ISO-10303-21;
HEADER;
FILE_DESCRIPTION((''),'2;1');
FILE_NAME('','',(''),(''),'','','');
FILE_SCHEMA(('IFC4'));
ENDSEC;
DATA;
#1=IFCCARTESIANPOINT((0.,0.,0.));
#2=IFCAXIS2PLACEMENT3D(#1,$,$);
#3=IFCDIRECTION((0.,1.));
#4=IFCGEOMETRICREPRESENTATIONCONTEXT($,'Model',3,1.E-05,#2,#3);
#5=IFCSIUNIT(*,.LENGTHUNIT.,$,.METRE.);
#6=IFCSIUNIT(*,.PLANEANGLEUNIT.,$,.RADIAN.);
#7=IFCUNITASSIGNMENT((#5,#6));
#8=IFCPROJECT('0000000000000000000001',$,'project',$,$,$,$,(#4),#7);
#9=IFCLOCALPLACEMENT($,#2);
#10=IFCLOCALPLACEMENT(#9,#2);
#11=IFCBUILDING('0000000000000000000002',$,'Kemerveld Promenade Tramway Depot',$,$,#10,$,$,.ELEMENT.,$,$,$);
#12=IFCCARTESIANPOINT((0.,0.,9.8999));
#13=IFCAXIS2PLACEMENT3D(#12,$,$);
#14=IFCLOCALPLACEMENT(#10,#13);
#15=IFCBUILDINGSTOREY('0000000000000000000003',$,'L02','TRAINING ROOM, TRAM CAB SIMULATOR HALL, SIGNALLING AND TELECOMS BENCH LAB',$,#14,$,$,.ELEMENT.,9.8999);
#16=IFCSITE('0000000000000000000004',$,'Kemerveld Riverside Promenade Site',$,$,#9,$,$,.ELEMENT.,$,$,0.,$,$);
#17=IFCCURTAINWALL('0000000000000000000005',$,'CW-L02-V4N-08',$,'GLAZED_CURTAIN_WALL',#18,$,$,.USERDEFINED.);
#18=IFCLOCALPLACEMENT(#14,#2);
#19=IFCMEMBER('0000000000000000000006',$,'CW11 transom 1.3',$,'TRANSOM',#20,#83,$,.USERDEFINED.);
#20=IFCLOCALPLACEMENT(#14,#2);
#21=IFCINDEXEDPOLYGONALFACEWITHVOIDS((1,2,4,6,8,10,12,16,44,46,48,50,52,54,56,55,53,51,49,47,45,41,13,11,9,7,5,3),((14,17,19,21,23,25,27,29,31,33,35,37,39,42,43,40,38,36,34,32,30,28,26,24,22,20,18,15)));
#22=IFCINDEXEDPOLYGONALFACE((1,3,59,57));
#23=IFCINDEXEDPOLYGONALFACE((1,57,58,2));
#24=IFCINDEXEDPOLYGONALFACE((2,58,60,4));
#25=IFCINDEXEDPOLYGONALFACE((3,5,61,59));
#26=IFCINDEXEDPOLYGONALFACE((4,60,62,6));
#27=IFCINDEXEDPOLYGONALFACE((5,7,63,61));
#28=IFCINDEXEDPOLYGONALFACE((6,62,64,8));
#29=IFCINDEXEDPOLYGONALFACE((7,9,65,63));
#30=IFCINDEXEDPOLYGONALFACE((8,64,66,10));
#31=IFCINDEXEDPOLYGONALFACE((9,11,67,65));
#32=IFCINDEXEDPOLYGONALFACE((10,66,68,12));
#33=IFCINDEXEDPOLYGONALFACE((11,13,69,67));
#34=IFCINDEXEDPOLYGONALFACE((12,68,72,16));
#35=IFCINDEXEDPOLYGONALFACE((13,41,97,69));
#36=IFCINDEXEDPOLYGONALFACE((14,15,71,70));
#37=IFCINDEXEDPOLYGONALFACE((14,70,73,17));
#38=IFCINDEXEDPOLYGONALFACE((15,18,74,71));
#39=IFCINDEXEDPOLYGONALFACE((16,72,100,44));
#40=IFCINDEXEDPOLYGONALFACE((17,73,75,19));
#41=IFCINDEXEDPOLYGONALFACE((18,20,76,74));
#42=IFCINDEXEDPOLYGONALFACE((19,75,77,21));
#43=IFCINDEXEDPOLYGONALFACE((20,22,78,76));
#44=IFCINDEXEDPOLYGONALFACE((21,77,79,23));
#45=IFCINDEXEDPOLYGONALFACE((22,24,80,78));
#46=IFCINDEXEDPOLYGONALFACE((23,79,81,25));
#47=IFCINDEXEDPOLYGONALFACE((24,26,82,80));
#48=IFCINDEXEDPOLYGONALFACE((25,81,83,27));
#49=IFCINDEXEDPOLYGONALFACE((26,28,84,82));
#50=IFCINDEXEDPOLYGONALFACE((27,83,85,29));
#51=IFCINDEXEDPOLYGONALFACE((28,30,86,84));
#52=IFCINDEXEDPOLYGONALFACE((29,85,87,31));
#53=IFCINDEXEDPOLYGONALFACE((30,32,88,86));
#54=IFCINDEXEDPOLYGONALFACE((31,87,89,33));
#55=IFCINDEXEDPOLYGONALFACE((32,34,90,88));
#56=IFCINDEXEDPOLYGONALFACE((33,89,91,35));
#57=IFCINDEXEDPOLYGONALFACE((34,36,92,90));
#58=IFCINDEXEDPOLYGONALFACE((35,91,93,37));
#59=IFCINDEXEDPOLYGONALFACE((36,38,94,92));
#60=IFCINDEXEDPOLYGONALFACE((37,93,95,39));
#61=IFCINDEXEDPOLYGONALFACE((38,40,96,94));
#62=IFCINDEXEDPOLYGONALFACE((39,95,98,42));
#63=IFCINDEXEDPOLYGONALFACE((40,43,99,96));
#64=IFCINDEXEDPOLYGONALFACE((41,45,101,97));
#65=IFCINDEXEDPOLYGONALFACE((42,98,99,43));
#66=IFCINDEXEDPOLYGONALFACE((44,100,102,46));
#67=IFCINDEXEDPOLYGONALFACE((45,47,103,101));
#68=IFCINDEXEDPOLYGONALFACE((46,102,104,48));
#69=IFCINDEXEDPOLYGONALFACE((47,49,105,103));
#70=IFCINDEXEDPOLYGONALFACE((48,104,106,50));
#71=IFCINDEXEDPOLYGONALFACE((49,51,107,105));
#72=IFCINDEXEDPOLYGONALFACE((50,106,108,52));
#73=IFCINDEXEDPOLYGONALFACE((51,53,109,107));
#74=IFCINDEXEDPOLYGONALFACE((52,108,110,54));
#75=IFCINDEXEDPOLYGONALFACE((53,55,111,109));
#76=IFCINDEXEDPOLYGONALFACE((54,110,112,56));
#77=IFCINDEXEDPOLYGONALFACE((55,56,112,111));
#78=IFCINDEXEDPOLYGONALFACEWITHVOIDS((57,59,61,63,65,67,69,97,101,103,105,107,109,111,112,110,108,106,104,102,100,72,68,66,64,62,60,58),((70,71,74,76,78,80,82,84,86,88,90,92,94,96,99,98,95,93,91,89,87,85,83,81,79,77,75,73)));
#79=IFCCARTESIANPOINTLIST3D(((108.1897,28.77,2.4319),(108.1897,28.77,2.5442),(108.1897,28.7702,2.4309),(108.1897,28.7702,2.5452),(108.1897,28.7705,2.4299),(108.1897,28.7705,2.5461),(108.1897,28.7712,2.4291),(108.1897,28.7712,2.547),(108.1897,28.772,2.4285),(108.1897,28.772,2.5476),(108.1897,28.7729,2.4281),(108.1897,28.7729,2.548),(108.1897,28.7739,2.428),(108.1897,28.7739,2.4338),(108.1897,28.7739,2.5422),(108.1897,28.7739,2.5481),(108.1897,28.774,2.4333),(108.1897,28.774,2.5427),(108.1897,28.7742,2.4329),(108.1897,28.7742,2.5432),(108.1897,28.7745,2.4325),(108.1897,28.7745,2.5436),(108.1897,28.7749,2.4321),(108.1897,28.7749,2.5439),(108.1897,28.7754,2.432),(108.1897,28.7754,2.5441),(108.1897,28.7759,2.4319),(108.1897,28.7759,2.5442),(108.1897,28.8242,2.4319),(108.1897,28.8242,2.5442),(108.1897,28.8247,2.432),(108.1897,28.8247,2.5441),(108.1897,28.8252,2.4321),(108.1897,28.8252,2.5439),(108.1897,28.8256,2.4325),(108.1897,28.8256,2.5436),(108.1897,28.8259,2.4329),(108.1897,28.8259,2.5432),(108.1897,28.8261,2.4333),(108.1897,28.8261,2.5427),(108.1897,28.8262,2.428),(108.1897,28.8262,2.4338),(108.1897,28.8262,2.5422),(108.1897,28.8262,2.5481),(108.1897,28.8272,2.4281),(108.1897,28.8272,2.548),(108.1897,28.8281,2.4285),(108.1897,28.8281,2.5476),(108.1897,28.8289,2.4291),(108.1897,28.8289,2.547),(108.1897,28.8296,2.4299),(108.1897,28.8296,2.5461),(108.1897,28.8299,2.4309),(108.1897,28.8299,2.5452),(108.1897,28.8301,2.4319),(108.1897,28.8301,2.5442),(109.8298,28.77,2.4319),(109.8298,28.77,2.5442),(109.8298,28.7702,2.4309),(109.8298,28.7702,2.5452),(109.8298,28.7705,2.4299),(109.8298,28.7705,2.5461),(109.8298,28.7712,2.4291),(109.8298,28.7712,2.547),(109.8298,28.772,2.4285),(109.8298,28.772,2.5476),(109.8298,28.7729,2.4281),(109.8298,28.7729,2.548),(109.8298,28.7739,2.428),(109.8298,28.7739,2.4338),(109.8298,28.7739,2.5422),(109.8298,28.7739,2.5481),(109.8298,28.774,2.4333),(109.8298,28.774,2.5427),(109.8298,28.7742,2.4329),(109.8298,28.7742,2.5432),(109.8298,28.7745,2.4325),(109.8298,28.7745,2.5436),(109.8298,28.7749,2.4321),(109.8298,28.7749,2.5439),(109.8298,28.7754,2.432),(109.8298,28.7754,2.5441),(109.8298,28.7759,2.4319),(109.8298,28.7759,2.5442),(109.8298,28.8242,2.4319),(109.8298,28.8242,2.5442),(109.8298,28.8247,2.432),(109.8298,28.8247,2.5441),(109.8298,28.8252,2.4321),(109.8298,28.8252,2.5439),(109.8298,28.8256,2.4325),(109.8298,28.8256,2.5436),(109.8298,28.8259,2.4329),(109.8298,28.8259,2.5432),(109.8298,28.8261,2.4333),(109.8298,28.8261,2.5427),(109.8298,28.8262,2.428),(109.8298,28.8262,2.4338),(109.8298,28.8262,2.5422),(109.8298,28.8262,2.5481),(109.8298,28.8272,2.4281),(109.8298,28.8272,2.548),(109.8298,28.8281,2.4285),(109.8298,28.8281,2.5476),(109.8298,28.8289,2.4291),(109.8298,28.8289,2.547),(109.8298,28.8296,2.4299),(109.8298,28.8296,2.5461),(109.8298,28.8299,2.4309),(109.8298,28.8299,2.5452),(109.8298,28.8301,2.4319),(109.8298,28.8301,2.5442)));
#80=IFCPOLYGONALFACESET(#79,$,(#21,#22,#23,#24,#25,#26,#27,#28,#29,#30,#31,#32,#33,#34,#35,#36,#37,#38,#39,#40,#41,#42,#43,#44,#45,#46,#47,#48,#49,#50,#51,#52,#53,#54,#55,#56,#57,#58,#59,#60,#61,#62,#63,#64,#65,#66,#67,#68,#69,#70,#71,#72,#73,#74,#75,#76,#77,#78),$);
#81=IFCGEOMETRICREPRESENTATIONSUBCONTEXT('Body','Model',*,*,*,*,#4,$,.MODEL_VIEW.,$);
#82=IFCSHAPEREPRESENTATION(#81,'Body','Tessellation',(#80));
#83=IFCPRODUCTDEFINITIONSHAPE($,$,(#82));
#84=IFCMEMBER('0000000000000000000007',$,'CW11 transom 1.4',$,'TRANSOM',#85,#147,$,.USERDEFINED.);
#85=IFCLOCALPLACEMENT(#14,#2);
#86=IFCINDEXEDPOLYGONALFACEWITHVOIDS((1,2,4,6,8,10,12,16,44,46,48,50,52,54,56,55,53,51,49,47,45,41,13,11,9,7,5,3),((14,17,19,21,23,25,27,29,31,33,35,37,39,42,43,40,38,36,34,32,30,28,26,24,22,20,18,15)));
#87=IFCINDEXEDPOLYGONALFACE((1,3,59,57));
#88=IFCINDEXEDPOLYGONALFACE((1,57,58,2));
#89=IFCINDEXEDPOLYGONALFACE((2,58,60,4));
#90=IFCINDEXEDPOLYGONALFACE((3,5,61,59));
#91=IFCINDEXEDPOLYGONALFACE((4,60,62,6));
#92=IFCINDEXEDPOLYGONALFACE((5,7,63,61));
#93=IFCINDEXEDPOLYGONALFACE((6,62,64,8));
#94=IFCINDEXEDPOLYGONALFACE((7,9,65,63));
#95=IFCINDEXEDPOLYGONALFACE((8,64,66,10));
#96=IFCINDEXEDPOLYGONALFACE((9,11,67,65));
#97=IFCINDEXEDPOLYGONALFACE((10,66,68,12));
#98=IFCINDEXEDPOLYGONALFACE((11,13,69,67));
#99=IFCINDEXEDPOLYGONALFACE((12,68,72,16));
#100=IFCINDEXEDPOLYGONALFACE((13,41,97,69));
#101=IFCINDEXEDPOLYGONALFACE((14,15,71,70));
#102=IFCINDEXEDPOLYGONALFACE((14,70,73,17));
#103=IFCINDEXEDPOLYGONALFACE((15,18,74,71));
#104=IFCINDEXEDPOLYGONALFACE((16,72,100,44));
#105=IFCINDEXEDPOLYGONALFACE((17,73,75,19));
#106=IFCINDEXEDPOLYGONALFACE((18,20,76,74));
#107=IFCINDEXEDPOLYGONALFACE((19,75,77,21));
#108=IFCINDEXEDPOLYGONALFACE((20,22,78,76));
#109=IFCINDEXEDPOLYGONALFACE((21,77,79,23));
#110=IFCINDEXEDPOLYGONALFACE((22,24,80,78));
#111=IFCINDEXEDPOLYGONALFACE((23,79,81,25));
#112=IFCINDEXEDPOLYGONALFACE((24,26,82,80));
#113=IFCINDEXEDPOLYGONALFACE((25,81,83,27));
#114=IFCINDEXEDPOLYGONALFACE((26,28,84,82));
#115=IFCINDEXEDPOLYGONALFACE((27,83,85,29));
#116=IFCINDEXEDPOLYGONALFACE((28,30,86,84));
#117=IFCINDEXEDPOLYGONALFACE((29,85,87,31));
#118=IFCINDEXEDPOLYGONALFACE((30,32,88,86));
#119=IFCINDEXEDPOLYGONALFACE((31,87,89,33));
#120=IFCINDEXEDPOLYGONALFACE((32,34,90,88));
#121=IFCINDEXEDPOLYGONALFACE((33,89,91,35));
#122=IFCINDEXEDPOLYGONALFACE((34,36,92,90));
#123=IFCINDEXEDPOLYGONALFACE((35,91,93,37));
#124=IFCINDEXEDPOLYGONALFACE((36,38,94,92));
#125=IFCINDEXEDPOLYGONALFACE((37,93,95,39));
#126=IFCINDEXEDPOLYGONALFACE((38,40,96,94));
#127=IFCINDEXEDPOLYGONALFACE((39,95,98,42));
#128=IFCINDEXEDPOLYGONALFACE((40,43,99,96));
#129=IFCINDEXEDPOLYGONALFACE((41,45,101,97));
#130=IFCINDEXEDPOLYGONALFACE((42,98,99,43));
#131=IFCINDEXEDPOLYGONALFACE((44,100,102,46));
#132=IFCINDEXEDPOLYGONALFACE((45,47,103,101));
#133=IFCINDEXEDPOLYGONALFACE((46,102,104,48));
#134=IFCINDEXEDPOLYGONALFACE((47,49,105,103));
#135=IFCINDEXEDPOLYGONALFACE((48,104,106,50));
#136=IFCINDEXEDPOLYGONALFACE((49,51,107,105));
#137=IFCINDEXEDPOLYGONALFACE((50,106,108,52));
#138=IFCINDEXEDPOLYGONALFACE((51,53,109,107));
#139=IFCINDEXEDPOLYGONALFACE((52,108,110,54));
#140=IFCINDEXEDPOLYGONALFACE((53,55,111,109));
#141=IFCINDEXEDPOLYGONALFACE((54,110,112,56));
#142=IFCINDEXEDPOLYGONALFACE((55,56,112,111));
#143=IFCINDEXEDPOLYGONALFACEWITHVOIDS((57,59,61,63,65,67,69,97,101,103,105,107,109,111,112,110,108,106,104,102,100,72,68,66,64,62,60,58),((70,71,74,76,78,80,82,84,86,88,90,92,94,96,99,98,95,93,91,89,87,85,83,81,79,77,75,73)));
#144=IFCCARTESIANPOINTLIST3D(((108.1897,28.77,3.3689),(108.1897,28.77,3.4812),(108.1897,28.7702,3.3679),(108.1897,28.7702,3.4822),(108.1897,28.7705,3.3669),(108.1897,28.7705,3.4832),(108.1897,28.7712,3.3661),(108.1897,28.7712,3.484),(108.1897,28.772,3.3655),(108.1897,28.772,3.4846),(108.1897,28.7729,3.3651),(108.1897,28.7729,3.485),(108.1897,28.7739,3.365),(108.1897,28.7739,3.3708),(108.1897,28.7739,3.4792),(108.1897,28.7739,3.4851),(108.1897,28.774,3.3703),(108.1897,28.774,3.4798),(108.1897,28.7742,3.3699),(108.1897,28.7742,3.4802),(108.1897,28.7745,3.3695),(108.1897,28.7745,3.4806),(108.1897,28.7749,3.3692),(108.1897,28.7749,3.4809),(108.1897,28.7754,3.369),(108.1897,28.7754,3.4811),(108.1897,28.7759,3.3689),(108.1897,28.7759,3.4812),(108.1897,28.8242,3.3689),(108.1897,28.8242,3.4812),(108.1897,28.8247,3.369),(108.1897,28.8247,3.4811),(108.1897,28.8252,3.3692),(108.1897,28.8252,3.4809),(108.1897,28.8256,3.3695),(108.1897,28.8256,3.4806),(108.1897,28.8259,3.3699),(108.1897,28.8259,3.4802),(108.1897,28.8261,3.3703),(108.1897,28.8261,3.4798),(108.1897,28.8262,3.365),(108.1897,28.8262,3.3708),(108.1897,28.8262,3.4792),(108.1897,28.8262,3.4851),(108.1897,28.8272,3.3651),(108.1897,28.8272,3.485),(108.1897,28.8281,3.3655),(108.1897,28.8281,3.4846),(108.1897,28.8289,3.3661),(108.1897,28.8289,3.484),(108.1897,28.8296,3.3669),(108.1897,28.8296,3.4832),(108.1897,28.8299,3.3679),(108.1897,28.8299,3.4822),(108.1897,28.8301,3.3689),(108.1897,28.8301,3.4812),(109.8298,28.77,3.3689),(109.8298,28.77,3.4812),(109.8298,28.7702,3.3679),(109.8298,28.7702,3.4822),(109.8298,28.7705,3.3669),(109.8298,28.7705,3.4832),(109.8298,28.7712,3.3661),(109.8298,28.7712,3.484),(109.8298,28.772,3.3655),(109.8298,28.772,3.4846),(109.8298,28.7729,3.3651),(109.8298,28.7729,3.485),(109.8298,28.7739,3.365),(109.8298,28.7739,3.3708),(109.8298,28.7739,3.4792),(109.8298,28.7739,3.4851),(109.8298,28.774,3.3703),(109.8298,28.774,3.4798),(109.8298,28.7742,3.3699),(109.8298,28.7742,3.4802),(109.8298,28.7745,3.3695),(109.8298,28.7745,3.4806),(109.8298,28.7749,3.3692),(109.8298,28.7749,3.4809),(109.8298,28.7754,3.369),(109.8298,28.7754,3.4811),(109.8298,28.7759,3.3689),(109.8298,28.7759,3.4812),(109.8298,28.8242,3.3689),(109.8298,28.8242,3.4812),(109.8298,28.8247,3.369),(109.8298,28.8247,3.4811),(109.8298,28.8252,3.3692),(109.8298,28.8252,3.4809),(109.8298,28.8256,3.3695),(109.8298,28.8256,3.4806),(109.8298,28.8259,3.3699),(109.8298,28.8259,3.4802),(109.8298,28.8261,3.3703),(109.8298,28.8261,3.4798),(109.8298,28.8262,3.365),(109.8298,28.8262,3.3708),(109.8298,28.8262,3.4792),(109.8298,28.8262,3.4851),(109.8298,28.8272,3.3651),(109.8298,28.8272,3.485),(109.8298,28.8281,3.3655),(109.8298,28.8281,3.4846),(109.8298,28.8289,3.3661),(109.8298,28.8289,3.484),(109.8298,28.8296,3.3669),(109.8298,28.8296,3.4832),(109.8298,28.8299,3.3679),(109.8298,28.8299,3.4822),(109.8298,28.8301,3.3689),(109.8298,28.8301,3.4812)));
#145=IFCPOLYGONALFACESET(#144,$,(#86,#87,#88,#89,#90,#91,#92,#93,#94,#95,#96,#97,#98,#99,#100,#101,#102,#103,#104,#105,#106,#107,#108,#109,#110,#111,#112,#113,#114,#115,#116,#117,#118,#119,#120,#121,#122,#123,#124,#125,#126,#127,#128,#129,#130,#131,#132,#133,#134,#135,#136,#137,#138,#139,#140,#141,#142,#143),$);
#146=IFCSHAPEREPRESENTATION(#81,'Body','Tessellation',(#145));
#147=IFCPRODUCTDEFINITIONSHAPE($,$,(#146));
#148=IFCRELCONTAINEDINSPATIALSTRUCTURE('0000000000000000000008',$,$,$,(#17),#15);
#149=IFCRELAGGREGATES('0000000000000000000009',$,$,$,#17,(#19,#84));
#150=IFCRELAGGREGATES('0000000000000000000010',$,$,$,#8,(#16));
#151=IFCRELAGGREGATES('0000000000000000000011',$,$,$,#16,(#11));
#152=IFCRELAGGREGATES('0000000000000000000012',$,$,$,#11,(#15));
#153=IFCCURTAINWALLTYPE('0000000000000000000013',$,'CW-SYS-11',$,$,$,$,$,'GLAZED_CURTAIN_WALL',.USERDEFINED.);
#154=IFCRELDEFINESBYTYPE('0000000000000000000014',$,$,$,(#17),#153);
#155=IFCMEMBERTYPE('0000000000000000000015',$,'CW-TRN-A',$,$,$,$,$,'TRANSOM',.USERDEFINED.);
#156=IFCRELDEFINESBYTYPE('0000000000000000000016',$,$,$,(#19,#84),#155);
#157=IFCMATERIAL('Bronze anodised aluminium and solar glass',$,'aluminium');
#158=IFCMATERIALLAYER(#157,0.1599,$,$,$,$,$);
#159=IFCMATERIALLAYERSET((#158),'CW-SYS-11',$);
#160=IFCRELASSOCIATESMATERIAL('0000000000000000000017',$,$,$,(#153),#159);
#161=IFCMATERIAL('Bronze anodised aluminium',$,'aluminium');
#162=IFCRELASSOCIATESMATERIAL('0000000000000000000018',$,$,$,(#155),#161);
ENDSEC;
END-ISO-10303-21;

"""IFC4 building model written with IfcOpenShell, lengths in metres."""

from ifc_helpers import new_model, si_unit, direction, frame, origin, origin_2d, place, context, subcontext, project, spatial, hollow_rectangle, extrude, material, layer, layer_set, material_profile, profile_set, type_object, element, aggregate, save


model = new_model("IFC4")

# Units and contexts
model_context = context("Model", 3, precision=1e-05, world=origin(), true_north=direction((0.0, 1.0)))
body_context = subcontext(model_context, "Body", "Model", "MODEL_VIEW")
ifc_project = project(units=[si_unit("LENGTHUNIT", "METRE"), si_unit("PLANEANGLEUNIT", "RADIAN")], contexts=[model_context])

# Site, building, storey
site_placement = place(None, origin())
site = spatial("IfcSite", under=ifc_project, at=site_placement, Name="Kemerveld Riverside Promenade Site", CompositionType="ELEMENT", RefElevation=0.0)
building_placement = place(site_placement, origin())
building = spatial("IfcBuilding", under=site, at=building_placement, Name="Kemerveld Promenade Tramway Depot", CompositionType="ELEMENT")
storey_placement = place(building_placement, frame((0.0, 0.0, 9.8999)))
storey = spatial("IfcBuildingStorey", under=building, at=storey_placement, Name="L02", Description="TRAINING ROOM, TRAM CAB SIMULATOR HALL, SIGNALLING AND TELECOMS BENCH LAB", CompositionType="ELEMENT", Elevation=9.8999)

# Curtain wall, members
ifc_material_1 = material(Name="Bronze anodised aluminium and solar glass", Category="aluminium")
ifc_layer_1 = layer(ifc_material_1, 0.1599)
ifc_layer_set_1 = layer_set([ifc_layer_1], Name="CW-SYS-11")
curtain_wall_type = type_object("IfcCurtainWallType", Name="CW-SYS-11", ElementType="GLAZED_CURTAIN_WALL", PredefinedType="USERDEFINED", material=ifc_layer_set_1)
curtain_wall_placement = place(storey_placement, origin())
curtain_wall = element("IfcCurtainWall", 1, at=curtain_wall_placement, inside=storey, type_object=curtain_wall_type, Name="CW-L02-V4N-08", ObjectType="GLAZED_CURTAIN_WALL", PredefinedType="USERDEFINED")
ifc_material_2 = material(Name="Bronze anodised aluminium", Category="aluminium")
ifc_material_profile_1 = material_profile(ifc_material_2, hollow_rectangle(XDim=0.0601, YDim=0.1201, WallThickness=0.0039, InnerFilletRadius=0.002, OuterFilletRadius=0.0039, at=origin_2d()), Name="CW-TRN-120x60")
ifc_profile_set_1 = profile_set([ifc_material_profile_1], Name="Bronze anodised aluminium")
member_type_1 = type_object("IfcMemberType", Name="CW-TRN-A", ElementType="TRANSOM", PredefinedType="USERDEFINED", material=ifc_profile_set_1)
member_1_placement = place(storey_placement, frame((108.1897, 28.8, 2.488), z_axis=(1.0, 0.0, 0.0), x_axis=(0.0, 1.0, 0.0)))
member_1 = element("IfcMember", 2, at=member_1_placement, type_object=member_type_1, Name="CW11 transom 1.3", ObjectType="TRANSOM", PredefinedType="USERDEFINED", context=body_context, shape_type="SweptSolid", body=[
    extrude(hollow_rectangle(XDim=0.0601, YDim=0.1201, WallThickness=0.0039, InnerFilletRadius=0.002, OuterFilletRadius=0.0039, at=origin_2d()), origin(), (0.0, 0.0, 1.0), 1.6401),
])
member_2_placement = place(storey_placement, frame((108.1897, 28.8, 3.425), z_axis=(1.0, 0.0, 0.0), x_axis=(0.0, 1.0, 0.0)))
member_2 = element("IfcMember", 3, at=member_2_placement, type_object=member_type_1, Name="CW11 transom 1.4", ObjectType="TRANSOM", PredefinedType="USERDEFINED", context=body_context, shape_type="SweptSolid", body=[
    extrude(hollow_rectangle(XDim=0.0601, YDim=0.1201, WallThickness=0.0039, InnerFilletRadius=0.002, OuterFilletRadius=0.0039, at=origin_2d()), origin(), (0.0, 0.0, 1.0), 1.6401),
])

aggregate(curtain_wall, [member_1, member_2])

save(model, "model.ifc")
